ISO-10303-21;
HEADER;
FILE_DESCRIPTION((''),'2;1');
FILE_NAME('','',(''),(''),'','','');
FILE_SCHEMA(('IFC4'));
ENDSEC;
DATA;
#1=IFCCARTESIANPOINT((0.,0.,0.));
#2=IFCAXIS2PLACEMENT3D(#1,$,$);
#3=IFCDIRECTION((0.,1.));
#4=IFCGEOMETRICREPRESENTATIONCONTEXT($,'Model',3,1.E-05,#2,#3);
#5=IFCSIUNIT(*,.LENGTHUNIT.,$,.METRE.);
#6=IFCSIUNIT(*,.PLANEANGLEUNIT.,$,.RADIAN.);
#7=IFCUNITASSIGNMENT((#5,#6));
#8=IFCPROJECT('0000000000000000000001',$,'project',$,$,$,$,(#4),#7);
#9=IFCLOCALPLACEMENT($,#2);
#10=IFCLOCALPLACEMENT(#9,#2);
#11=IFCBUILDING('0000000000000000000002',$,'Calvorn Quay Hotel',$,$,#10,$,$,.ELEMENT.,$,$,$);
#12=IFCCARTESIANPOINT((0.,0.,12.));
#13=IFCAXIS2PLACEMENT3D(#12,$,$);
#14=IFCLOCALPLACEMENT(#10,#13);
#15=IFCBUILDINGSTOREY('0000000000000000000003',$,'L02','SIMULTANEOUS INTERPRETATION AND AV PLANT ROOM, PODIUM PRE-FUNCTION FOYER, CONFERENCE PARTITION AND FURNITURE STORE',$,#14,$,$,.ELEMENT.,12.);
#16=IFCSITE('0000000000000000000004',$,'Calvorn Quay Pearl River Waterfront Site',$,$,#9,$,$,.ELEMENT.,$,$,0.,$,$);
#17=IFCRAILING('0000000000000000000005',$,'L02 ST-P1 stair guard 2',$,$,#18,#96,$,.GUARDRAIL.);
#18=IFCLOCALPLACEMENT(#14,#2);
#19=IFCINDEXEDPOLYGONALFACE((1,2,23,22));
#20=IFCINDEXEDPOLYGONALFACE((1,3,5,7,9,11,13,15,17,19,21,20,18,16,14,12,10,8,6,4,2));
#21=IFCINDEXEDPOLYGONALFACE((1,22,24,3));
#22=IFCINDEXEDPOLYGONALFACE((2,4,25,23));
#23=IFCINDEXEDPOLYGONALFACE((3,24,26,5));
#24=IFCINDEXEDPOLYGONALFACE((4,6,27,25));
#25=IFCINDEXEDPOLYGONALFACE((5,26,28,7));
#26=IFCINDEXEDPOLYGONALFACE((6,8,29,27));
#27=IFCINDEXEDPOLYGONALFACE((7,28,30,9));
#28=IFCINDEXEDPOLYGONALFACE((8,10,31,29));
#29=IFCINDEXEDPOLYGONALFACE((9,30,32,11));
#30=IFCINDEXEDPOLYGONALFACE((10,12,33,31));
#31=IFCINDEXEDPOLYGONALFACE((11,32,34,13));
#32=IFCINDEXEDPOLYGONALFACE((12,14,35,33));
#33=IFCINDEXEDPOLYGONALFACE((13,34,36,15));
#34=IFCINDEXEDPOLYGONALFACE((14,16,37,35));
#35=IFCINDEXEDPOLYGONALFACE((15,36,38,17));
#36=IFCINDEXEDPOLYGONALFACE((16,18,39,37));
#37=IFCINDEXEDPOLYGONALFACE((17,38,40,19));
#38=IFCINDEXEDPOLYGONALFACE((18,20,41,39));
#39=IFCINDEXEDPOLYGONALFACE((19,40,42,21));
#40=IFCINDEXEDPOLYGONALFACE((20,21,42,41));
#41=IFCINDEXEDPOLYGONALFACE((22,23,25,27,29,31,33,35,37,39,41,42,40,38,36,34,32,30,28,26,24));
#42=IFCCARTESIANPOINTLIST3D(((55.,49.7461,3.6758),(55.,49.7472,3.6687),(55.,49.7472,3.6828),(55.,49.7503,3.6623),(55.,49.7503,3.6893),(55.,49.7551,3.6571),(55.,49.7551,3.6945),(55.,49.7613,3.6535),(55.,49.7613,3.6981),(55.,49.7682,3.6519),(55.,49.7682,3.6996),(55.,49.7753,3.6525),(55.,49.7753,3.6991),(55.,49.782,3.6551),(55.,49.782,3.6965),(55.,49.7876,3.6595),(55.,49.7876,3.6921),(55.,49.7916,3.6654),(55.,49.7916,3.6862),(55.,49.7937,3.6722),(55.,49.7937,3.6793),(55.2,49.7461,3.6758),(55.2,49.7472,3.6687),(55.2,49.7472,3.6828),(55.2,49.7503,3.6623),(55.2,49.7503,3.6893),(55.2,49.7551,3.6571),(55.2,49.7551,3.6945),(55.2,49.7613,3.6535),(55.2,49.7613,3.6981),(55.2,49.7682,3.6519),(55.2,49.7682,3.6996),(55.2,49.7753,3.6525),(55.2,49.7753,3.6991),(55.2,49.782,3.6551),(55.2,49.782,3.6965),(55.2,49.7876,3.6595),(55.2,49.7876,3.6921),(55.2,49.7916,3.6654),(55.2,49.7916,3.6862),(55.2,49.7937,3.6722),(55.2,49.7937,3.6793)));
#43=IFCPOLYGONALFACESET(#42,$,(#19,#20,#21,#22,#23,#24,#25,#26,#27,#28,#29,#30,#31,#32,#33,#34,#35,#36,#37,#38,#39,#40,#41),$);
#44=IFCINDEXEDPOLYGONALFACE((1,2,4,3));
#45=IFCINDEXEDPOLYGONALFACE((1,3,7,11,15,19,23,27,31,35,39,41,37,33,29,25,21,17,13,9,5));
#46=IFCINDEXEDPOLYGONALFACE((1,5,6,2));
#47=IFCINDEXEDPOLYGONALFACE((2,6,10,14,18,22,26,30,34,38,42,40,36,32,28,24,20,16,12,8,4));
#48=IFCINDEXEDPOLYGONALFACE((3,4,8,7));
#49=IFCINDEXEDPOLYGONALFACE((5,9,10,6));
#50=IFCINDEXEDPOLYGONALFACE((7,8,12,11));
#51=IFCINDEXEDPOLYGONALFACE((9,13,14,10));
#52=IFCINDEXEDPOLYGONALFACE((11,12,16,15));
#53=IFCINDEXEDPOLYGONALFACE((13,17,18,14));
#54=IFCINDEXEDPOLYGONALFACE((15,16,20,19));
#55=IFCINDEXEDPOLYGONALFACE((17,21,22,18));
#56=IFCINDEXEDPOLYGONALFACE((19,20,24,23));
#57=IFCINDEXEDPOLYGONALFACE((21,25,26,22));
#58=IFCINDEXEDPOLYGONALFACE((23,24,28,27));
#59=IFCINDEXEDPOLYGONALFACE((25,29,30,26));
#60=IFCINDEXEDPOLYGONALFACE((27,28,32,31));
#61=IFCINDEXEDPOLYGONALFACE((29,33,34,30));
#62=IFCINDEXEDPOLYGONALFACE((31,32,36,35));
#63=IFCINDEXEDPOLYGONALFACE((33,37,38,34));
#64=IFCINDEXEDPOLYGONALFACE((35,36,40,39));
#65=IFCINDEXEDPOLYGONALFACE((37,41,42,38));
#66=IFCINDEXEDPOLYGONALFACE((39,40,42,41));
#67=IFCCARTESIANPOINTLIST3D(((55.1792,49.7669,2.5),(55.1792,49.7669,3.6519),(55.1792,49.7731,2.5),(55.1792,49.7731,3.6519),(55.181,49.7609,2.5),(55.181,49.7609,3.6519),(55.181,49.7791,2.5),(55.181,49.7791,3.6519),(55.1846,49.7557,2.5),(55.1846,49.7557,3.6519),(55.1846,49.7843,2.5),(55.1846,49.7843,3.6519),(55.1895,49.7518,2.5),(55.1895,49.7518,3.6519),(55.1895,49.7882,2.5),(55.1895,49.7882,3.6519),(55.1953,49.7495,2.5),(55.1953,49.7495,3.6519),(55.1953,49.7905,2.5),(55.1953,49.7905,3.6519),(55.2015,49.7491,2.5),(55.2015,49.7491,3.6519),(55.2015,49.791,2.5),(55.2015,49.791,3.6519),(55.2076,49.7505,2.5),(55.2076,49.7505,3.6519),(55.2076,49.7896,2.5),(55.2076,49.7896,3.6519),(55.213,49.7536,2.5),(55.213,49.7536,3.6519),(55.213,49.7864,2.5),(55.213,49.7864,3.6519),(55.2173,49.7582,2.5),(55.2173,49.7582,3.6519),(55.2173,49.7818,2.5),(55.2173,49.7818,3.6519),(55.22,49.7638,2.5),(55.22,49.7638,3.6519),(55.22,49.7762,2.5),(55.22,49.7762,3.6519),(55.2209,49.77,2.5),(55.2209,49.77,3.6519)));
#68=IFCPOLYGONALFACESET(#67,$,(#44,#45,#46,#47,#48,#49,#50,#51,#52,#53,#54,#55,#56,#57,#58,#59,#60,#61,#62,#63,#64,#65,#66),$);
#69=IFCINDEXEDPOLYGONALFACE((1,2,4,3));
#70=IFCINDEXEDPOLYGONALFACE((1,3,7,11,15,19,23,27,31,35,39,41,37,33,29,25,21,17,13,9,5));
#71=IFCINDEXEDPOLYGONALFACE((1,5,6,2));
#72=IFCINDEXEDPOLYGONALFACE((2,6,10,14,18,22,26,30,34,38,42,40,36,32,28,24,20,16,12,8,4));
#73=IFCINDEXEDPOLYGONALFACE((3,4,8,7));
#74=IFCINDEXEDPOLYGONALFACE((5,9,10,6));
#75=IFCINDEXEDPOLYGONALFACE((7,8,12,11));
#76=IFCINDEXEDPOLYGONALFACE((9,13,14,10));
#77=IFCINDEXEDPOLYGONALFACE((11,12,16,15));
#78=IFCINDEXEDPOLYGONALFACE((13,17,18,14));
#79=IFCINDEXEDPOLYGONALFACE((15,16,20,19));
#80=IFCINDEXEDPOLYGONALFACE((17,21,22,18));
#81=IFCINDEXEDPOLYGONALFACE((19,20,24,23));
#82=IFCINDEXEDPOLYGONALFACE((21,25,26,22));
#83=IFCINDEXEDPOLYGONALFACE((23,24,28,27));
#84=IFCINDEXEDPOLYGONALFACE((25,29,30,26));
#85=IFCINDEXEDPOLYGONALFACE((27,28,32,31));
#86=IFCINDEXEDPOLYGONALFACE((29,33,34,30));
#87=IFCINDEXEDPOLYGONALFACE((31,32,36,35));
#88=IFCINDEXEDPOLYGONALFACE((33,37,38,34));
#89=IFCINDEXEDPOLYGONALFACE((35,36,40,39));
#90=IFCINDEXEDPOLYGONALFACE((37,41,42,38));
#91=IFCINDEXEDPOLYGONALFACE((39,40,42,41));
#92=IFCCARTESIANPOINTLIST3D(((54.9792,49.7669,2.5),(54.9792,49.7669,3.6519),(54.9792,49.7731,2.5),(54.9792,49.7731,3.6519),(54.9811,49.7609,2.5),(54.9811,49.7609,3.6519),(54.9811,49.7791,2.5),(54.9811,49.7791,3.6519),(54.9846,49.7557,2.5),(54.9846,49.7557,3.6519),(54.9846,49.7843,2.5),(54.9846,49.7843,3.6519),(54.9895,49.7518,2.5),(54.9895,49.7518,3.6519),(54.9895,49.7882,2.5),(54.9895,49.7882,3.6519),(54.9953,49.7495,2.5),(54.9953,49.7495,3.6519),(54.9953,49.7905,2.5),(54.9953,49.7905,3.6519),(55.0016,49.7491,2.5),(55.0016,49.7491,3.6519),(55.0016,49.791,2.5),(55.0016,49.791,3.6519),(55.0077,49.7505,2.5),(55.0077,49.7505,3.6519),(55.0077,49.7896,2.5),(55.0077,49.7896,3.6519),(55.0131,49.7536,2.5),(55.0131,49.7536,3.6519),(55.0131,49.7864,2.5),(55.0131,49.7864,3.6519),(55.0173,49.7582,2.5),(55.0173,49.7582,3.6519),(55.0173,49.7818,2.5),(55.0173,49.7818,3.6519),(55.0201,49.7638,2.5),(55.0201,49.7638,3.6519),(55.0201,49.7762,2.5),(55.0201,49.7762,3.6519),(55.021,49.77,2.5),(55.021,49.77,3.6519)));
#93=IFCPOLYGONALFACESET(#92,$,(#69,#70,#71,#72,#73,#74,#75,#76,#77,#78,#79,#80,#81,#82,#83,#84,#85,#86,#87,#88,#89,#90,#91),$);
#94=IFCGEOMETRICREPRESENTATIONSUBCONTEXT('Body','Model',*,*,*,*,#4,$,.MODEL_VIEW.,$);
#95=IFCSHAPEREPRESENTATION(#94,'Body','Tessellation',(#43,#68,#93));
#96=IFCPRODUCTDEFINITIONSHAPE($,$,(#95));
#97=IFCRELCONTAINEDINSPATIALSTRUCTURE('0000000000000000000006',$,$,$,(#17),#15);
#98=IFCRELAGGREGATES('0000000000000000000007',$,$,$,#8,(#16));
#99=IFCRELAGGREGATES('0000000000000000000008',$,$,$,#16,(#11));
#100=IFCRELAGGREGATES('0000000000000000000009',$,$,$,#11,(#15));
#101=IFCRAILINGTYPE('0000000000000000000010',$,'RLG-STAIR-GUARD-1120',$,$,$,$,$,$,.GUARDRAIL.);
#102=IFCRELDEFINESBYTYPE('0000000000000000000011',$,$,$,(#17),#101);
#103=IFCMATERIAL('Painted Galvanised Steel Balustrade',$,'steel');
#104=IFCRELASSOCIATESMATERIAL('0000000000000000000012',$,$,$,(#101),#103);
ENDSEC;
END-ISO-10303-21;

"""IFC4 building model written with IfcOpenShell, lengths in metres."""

from ifc_helpers import new_model, si_unit, direction, frame, origin, origin_2d, place, context, subcontext, project, spatial, circle, extrude, material, type_object, element, save


model = new_model("IFC4")

# Units and contexts
model_context = context("Model", 3, precision=1e-05, world=origin(), true_north=direction((0.0, 1.0)))
body_context = subcontext(model_context, "Body", "Model", "MODEL_VIEW")
ifc_project = project(units=[si_unit("LENGTHUNIT", "METRE"), si_unit("PLANEANGLEUNIT", "RADIAN")], contexts=[model_context])

# Site, building, storey
site_placement = place(None, origin())
site = spatial("IfcSite", under=ifc_project, at=site_placement, Name="Calvorn Quay Pearl River Waterfront Site", CompositionType="ELEMENT", RefElevation=0.0)
building_placement = place(site_placement, origin())
building = spatial("IfcBuilding", under=site, at=building_placement, Name="Calvorn Quay Hotel", CompositionType="ELEMENT")
storey_placement = place(building_placement, frame((0.0, 0.0, 12.0)))
storey = spatial("IfcBuildingStorey", under=building, at=storey_placement, Name="L02", Description="SIMULTANEOUS INTERPRETATION AND AV PLANT ROOM, PODIUM PRE-FUNCTION FOYER, CONFERENCE PARTITION AND FURNITURE STORE", CompositionType="ELEMENT", Elevation=12.0)

# Railing
ifc_material_1 = material(Name="Painted Galvanised Steel Balustrade", Category="steel")
railing_type_1 = type_object("IfcRailingType", Name="RLG-STAIR-GUARD-1120", PredefinedType="GUARDRAIL", material=ifc_material_1)
railing_1_placement = place(storey_placement, frame((55.2, 49.77, 2.5)))
element("IfcRailing", 1, at=railing_1_placement, inside=storey, type_object=railing_type_1, Name="L02 ST-P1 stair guard 2", PredefinedType="GUARDRAIL", context=body_context, shape_type="SweptSolid", body=[
    extrude(circle(Radius=0.0239, at=origin_2d()), frame((0.0, 0.0, 1.1758), z_axis=(-1.0, 0.0, 0.0), x_axis=(0.0, -1.0, 0.0)), (0.0, 0.0, 1.0), 0.2),
    extrude(circle(Radius=0.021, at=origin_2d()), origin(), (0.0, 0.0, 1.0), 1.1519),
    extrude(circle(Radius=0.021, at=origin_2d()), frame((-0.2, 0.0, 0.0)), (0.0, 0.0, 1.0), 1.1519),
])

save(model, "model.ifc")
